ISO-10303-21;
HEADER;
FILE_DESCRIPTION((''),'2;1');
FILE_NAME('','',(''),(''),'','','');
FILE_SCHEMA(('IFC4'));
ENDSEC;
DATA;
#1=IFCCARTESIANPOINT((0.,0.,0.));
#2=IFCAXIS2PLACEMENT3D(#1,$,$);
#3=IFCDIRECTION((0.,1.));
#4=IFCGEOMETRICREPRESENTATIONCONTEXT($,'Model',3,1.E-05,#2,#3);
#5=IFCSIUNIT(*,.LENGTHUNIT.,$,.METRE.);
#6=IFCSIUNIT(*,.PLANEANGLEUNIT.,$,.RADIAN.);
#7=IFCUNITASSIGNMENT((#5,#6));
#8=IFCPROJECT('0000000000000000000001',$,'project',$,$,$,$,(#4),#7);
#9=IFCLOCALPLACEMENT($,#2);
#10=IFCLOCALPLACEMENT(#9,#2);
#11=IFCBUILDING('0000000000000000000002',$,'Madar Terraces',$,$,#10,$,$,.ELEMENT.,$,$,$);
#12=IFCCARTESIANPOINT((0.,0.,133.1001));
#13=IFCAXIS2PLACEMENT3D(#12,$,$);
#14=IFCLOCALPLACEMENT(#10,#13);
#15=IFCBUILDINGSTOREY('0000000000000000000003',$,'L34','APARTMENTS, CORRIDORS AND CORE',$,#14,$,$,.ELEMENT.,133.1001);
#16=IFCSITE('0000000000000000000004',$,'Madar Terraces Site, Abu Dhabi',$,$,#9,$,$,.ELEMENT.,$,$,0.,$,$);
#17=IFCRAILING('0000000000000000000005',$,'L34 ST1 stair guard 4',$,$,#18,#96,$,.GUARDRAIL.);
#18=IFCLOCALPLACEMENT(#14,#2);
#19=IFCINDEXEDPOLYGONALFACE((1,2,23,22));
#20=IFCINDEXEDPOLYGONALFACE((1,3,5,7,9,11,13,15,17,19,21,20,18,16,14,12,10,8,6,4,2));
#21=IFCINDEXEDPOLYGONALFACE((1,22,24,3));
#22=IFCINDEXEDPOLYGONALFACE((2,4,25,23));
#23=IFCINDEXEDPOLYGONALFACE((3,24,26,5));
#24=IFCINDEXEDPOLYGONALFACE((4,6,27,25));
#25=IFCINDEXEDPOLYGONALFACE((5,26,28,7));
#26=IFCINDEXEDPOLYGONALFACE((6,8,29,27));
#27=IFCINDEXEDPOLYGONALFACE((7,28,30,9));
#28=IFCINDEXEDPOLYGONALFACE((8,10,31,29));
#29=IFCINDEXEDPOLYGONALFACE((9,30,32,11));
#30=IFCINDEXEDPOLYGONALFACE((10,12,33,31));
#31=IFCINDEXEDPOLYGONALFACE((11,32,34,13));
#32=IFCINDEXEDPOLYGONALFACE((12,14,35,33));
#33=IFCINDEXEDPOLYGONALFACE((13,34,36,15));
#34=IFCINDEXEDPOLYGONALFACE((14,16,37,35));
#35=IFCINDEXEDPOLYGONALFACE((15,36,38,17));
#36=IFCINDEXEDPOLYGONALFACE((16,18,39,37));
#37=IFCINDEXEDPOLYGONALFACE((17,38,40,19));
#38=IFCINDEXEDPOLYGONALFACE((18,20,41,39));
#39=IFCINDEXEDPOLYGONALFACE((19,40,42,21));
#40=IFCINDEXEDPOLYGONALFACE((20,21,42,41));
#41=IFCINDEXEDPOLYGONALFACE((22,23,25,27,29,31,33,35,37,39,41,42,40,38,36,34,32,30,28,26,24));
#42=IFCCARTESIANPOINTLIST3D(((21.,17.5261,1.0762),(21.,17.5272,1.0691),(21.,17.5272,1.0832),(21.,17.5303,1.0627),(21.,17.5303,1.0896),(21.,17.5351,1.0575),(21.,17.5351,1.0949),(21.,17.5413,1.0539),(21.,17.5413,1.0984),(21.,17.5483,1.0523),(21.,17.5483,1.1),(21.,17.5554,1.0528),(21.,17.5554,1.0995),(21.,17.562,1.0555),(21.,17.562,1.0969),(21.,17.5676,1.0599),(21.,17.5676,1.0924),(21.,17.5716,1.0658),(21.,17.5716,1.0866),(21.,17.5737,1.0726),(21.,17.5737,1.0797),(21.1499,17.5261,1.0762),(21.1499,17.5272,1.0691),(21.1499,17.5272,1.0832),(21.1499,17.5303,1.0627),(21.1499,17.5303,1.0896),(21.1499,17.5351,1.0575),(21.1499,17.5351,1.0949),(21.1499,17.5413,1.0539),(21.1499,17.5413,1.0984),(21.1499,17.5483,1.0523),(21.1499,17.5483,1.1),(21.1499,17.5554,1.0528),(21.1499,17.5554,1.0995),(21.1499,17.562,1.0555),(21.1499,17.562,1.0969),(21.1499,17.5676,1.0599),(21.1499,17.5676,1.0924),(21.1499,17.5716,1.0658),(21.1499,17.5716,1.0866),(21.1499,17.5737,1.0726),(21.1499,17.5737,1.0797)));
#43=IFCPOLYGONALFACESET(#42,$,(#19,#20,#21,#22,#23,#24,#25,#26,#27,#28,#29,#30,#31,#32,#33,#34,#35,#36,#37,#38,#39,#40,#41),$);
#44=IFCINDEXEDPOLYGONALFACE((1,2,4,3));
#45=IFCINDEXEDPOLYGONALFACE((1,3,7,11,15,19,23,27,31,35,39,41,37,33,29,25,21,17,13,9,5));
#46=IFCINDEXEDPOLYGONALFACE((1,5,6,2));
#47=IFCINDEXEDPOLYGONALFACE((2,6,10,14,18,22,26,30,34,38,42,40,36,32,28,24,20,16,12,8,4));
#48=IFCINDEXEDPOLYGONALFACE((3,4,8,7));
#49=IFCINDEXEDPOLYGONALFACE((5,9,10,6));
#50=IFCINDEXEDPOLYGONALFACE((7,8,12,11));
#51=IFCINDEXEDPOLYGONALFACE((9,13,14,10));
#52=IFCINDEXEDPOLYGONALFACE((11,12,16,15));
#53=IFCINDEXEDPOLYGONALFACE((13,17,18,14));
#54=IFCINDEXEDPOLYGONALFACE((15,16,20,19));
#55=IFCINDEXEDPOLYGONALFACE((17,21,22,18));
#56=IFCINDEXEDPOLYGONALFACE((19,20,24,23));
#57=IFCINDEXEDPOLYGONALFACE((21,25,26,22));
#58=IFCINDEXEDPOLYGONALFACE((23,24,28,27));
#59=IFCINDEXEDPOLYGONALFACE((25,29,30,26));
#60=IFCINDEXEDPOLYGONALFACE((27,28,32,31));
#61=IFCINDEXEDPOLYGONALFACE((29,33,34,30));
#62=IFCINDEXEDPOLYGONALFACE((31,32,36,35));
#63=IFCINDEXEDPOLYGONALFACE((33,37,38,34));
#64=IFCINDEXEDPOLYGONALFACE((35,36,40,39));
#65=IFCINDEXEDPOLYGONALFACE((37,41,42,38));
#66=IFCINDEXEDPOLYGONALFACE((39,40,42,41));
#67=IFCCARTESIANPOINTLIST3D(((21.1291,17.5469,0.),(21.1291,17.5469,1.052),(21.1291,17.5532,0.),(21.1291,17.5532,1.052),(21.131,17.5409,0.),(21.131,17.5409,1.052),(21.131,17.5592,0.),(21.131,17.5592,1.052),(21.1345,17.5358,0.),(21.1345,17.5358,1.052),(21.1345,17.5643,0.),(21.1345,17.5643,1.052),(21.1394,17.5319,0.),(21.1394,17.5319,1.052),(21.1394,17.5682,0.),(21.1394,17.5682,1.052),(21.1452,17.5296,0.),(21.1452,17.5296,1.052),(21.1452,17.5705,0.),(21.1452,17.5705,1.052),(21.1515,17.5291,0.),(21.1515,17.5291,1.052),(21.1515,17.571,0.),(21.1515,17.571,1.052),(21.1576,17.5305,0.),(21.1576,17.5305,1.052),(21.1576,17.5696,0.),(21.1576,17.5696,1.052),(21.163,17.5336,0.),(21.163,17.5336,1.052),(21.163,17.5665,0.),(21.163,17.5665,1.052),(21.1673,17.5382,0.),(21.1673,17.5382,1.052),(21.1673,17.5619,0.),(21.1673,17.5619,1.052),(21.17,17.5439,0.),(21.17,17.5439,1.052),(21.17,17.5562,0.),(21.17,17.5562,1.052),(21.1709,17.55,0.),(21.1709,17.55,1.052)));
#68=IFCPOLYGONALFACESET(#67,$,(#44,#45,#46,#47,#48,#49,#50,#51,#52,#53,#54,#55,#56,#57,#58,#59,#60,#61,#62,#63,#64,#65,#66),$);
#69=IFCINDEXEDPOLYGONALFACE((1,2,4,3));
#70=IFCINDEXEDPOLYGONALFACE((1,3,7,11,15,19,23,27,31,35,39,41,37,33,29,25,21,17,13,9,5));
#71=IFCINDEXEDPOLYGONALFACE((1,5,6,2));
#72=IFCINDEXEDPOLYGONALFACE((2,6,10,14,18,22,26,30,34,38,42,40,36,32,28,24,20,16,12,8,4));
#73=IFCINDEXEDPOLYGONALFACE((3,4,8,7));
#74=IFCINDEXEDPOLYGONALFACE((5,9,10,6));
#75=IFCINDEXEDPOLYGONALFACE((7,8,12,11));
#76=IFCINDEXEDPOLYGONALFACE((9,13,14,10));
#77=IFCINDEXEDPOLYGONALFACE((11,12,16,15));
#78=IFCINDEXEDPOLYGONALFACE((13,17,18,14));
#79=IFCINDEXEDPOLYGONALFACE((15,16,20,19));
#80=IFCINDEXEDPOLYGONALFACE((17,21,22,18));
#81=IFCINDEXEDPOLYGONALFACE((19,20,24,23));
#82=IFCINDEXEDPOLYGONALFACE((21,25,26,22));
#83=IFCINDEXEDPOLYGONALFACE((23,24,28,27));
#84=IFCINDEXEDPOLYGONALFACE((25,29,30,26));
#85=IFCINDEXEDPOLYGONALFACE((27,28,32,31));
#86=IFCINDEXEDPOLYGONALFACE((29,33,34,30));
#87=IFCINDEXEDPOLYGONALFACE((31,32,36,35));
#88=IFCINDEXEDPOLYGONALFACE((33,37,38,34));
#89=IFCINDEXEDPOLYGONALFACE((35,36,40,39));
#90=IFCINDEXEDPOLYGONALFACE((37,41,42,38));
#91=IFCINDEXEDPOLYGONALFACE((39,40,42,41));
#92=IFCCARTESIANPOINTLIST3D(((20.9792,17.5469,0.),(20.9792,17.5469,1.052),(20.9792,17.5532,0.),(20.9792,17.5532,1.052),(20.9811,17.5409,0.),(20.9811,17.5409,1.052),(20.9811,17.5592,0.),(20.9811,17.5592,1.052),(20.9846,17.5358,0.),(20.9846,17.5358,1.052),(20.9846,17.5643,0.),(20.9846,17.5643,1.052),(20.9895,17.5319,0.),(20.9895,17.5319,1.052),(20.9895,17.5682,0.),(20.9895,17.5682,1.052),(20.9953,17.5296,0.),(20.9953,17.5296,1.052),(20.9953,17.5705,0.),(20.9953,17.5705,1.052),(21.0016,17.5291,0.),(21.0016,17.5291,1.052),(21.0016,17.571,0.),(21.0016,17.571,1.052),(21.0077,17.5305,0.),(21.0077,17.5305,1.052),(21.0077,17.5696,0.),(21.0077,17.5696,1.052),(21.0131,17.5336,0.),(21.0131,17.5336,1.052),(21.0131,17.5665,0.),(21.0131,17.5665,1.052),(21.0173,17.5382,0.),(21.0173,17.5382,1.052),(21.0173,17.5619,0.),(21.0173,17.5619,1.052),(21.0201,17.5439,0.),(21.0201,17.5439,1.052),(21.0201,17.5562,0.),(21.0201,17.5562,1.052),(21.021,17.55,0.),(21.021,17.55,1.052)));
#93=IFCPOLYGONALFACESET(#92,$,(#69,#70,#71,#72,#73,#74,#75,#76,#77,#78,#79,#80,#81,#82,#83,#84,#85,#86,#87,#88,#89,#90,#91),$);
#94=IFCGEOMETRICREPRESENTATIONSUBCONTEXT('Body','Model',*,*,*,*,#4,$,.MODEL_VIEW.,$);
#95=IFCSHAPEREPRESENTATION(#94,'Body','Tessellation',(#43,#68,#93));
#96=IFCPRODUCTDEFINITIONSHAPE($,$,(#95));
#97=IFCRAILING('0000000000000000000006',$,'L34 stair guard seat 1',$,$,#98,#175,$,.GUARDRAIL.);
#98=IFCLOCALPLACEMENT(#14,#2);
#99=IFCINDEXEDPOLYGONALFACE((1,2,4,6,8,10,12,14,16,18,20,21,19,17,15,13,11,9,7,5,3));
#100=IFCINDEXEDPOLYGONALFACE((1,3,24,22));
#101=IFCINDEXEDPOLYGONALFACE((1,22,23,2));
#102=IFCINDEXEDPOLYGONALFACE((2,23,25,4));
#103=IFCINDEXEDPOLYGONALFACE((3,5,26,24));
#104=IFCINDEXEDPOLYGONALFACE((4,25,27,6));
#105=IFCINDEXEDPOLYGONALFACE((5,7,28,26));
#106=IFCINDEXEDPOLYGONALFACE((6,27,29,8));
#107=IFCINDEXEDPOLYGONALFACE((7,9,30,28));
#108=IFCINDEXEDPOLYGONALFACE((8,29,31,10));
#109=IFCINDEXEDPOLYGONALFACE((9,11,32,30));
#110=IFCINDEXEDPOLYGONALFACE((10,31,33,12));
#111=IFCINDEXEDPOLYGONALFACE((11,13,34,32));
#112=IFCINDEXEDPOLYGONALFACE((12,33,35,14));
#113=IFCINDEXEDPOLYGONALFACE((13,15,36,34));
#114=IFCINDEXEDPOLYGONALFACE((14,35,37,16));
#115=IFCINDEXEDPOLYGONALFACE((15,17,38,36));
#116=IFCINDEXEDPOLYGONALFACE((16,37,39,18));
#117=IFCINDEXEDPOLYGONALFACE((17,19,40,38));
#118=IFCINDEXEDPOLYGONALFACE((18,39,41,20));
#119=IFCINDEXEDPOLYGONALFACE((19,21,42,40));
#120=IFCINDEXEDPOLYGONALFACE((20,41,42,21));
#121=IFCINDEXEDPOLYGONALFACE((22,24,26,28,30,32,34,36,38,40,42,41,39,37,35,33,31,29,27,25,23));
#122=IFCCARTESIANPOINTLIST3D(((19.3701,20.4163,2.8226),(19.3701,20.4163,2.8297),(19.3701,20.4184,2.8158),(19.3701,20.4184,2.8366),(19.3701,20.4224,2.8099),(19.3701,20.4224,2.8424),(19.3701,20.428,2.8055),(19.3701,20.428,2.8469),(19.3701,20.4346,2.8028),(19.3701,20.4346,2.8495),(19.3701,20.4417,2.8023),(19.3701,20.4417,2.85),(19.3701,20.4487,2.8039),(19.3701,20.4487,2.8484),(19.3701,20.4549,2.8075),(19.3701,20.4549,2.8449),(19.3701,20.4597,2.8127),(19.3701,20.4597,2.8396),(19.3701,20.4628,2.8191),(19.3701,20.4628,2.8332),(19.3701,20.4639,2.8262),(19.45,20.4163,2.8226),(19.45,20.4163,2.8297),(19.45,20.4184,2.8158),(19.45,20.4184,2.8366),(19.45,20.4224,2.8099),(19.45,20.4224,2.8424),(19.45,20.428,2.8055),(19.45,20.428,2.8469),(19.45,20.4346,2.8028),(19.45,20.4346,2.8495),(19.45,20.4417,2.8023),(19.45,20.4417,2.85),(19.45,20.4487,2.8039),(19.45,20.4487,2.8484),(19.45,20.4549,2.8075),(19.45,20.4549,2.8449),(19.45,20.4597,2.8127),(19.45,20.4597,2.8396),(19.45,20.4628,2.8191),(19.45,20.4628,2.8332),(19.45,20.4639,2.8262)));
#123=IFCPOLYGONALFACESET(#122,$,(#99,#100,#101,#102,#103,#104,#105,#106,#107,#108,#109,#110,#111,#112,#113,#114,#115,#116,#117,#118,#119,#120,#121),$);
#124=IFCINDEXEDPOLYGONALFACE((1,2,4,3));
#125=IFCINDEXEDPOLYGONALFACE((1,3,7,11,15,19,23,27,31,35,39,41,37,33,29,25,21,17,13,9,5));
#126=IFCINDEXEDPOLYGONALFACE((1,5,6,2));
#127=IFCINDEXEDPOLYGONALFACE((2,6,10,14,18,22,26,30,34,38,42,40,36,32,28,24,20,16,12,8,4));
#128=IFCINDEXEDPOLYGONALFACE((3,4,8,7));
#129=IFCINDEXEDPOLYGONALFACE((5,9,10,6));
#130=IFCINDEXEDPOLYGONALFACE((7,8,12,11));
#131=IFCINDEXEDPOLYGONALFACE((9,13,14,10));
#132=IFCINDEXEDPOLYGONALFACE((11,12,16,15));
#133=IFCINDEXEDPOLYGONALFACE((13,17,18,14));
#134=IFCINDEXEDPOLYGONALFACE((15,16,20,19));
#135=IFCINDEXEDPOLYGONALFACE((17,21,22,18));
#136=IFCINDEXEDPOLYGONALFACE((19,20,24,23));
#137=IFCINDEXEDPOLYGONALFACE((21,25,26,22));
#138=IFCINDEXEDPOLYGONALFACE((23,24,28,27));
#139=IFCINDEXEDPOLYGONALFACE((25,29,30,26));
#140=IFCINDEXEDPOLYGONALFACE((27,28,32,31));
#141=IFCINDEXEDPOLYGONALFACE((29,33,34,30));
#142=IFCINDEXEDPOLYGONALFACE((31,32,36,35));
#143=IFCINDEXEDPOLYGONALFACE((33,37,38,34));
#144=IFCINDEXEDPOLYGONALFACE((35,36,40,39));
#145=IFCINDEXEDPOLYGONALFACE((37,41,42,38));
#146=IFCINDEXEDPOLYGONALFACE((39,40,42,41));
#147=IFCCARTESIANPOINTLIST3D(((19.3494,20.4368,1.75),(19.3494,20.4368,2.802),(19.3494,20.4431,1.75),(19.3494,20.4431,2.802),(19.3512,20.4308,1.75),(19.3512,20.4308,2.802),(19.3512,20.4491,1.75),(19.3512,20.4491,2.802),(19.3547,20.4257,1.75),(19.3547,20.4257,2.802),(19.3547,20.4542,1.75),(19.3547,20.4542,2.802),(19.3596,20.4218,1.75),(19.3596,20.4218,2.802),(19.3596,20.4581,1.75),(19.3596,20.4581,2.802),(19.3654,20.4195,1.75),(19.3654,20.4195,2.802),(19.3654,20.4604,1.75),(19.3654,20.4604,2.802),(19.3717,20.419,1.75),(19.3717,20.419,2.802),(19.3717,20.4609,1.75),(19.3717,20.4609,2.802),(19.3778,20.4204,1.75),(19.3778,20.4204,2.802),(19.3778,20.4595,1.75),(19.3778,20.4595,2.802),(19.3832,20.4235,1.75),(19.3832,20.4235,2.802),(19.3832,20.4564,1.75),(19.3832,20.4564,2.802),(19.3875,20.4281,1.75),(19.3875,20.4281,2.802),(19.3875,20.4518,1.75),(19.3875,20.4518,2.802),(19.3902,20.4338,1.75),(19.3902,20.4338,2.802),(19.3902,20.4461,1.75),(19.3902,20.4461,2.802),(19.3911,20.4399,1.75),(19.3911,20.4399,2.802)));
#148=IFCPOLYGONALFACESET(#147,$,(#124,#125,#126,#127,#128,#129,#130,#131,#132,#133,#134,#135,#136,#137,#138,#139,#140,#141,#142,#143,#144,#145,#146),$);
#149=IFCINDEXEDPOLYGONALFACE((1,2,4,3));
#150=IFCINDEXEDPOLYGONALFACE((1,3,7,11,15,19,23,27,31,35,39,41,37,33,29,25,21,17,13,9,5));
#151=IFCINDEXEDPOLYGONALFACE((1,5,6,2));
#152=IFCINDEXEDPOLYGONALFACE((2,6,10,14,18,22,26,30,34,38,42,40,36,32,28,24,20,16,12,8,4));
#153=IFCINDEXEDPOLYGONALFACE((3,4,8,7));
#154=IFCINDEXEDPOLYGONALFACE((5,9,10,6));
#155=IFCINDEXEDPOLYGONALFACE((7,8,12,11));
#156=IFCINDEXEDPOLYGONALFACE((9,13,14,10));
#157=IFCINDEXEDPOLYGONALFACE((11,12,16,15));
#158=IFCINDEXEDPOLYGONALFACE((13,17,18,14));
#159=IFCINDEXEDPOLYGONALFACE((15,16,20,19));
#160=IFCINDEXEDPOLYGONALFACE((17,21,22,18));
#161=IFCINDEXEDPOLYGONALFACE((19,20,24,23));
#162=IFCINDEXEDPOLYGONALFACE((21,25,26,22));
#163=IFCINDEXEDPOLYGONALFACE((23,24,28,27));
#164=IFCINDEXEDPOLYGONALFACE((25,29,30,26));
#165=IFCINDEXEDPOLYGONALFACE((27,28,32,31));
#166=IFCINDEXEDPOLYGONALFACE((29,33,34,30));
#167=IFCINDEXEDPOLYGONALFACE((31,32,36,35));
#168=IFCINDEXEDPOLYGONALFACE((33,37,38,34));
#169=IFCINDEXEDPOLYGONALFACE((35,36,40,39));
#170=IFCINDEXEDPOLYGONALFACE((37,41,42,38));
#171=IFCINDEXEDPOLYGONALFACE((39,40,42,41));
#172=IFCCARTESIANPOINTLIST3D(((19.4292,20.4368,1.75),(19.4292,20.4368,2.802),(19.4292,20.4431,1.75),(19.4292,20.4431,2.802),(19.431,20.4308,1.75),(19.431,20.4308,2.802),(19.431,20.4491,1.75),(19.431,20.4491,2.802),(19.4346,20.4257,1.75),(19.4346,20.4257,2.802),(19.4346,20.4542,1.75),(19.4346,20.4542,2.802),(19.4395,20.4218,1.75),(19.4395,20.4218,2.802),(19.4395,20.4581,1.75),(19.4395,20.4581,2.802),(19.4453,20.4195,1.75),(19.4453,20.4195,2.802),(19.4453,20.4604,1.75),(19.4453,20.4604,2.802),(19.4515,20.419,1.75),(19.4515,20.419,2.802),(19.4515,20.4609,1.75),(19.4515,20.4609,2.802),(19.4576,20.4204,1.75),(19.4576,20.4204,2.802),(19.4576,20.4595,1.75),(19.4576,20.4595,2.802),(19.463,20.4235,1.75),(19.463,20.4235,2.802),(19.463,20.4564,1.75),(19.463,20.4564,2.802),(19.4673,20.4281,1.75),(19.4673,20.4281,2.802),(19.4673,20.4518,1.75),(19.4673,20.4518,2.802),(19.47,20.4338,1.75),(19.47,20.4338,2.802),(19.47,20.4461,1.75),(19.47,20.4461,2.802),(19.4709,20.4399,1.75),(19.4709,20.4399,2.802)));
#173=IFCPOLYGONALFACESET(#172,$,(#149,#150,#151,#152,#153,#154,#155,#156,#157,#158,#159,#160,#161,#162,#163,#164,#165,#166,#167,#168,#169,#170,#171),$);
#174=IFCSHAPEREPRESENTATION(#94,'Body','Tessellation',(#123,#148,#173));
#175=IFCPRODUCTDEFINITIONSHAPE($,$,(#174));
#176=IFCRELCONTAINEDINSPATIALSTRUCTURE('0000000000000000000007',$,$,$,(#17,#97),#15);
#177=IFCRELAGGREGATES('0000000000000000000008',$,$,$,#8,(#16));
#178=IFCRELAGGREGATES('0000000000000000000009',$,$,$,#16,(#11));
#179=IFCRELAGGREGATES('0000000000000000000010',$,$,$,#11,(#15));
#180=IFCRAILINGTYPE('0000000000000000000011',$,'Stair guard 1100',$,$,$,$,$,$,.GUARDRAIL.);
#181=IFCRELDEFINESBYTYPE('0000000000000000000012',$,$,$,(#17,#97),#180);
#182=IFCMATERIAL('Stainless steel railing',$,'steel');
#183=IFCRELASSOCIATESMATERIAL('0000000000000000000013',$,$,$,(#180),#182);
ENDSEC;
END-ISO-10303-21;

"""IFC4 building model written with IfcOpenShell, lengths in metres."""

from ifc_helpers import new_model, si_unit, direction, frame, origin, origin_2d, place, context, subcontext, project, spatial, circle, extrude, material, type_object, element, save


model = new_model("IFC4")

# Units and contexts
model_context = context("Model", 3, precision=1e-05, world=origin(), true_north=direction((0.0, 1.0)))
body_context = subcontext(model_context, "Body", "Model", "MODEL_VIEW")
ifc_project = project(units=[si_unit("LENGTHUNIT", "METRE"), si_unit("PLANEANGLEUNIT", "RADIAN")], contexts=[model_context])

# Site, building, storey
site_placement = place(None, origin())
site = spatial("IfcSite", under=ifc_project, at=site_placement, Name="Madar Terraces Site, Abu Dhabi", CompositionType="ELEMENT", RefElevation=0.0)
building_placement = place(site_placement, origin())
building = spatial("IfcBuilding", under=site, at=building_placement, Name="Madar Terraces", CompositionType="ELEMENT")
storey_placement = place(building_placement, frame((0.0, 0.0, 133.1001)))
storey = spatial("IfcBuildingStorey", under=building, at=storey_placement, Name="L34", Description="APARTMENTS, CORRIDORS AND CORE", CompositionType="ELEMENT", Elevation=133.1001)

# Railings
ifc_material_1 = material(Name="Stainless steel railing", Category="steel")
railing_type_1 = type_object("IfcRailingType", Name="Stair guard 1100", PredefinedType="GUARDRAIL", material=ifc_material_1)
railing_1_placement = place(storey_placement, frame((21.1499, 17.55, 0.0)))
element("IfcRailing", 1, at=railing_1_placement, inside=storey, type_object=railing_type_1, Name="L34 ST1 stair guard 4", PredefinedType="GUARDRAIL", context=body_context, shape_type="SweptSolid", body=[
    extrude(circle(Radius=0.0239, at=origin_2d()), frame((0.0, 0.0, 1.0762), z_axis=(-1.0, 0.0, 0.0), x_axis=(0.0, -1.0, 0.0)), (0.0, 0.0, 1.0), 0.1499),
    extrude(circle(Radius=0.021, at=origin_2d()), origin(), (0.0, 0.0, 1.0), 1.052),
    extrude(circle(Radius=0.021, at=origin_2d()), frame((-0.1499, 0.0, 0.0)), (0.0, 0.0, 1.0), 1.052),
])
for number, where, name in (
    (2, (19.3701, 20.4399, 1.75), "L34 stair guard seat 1"),
):
    element("IfcRailing", number, at=place(storey_placement, frame(where)), inside=storey, type_object=railing_type_1, Name=name, PredefinedType="GUARDRAIL", context=body_context, shape_type="SweptSolid", body=[
        extrude(circle(Radius=0.0239, at=origin_2d()), frame((0.0, 0.0, 1.0762), z_axis=(1.0, 0.0, 0.0), x_axis=(0.0, 1.0, 0.0)), (0.0, 0.0, 1.0), 0.0798),
        extrude(circle(Radius=0.021, at=origin_2d()), origin(), (0.0, 0.0, 1.0), 1.052),
        extrude(circle(Radius=0.021, at=origin_2d()), frame((0.0798, 0.0, 0.0)), (0.0, 0.0, 1.0), 1.052),
    ])

save(model, "model.ifc")
